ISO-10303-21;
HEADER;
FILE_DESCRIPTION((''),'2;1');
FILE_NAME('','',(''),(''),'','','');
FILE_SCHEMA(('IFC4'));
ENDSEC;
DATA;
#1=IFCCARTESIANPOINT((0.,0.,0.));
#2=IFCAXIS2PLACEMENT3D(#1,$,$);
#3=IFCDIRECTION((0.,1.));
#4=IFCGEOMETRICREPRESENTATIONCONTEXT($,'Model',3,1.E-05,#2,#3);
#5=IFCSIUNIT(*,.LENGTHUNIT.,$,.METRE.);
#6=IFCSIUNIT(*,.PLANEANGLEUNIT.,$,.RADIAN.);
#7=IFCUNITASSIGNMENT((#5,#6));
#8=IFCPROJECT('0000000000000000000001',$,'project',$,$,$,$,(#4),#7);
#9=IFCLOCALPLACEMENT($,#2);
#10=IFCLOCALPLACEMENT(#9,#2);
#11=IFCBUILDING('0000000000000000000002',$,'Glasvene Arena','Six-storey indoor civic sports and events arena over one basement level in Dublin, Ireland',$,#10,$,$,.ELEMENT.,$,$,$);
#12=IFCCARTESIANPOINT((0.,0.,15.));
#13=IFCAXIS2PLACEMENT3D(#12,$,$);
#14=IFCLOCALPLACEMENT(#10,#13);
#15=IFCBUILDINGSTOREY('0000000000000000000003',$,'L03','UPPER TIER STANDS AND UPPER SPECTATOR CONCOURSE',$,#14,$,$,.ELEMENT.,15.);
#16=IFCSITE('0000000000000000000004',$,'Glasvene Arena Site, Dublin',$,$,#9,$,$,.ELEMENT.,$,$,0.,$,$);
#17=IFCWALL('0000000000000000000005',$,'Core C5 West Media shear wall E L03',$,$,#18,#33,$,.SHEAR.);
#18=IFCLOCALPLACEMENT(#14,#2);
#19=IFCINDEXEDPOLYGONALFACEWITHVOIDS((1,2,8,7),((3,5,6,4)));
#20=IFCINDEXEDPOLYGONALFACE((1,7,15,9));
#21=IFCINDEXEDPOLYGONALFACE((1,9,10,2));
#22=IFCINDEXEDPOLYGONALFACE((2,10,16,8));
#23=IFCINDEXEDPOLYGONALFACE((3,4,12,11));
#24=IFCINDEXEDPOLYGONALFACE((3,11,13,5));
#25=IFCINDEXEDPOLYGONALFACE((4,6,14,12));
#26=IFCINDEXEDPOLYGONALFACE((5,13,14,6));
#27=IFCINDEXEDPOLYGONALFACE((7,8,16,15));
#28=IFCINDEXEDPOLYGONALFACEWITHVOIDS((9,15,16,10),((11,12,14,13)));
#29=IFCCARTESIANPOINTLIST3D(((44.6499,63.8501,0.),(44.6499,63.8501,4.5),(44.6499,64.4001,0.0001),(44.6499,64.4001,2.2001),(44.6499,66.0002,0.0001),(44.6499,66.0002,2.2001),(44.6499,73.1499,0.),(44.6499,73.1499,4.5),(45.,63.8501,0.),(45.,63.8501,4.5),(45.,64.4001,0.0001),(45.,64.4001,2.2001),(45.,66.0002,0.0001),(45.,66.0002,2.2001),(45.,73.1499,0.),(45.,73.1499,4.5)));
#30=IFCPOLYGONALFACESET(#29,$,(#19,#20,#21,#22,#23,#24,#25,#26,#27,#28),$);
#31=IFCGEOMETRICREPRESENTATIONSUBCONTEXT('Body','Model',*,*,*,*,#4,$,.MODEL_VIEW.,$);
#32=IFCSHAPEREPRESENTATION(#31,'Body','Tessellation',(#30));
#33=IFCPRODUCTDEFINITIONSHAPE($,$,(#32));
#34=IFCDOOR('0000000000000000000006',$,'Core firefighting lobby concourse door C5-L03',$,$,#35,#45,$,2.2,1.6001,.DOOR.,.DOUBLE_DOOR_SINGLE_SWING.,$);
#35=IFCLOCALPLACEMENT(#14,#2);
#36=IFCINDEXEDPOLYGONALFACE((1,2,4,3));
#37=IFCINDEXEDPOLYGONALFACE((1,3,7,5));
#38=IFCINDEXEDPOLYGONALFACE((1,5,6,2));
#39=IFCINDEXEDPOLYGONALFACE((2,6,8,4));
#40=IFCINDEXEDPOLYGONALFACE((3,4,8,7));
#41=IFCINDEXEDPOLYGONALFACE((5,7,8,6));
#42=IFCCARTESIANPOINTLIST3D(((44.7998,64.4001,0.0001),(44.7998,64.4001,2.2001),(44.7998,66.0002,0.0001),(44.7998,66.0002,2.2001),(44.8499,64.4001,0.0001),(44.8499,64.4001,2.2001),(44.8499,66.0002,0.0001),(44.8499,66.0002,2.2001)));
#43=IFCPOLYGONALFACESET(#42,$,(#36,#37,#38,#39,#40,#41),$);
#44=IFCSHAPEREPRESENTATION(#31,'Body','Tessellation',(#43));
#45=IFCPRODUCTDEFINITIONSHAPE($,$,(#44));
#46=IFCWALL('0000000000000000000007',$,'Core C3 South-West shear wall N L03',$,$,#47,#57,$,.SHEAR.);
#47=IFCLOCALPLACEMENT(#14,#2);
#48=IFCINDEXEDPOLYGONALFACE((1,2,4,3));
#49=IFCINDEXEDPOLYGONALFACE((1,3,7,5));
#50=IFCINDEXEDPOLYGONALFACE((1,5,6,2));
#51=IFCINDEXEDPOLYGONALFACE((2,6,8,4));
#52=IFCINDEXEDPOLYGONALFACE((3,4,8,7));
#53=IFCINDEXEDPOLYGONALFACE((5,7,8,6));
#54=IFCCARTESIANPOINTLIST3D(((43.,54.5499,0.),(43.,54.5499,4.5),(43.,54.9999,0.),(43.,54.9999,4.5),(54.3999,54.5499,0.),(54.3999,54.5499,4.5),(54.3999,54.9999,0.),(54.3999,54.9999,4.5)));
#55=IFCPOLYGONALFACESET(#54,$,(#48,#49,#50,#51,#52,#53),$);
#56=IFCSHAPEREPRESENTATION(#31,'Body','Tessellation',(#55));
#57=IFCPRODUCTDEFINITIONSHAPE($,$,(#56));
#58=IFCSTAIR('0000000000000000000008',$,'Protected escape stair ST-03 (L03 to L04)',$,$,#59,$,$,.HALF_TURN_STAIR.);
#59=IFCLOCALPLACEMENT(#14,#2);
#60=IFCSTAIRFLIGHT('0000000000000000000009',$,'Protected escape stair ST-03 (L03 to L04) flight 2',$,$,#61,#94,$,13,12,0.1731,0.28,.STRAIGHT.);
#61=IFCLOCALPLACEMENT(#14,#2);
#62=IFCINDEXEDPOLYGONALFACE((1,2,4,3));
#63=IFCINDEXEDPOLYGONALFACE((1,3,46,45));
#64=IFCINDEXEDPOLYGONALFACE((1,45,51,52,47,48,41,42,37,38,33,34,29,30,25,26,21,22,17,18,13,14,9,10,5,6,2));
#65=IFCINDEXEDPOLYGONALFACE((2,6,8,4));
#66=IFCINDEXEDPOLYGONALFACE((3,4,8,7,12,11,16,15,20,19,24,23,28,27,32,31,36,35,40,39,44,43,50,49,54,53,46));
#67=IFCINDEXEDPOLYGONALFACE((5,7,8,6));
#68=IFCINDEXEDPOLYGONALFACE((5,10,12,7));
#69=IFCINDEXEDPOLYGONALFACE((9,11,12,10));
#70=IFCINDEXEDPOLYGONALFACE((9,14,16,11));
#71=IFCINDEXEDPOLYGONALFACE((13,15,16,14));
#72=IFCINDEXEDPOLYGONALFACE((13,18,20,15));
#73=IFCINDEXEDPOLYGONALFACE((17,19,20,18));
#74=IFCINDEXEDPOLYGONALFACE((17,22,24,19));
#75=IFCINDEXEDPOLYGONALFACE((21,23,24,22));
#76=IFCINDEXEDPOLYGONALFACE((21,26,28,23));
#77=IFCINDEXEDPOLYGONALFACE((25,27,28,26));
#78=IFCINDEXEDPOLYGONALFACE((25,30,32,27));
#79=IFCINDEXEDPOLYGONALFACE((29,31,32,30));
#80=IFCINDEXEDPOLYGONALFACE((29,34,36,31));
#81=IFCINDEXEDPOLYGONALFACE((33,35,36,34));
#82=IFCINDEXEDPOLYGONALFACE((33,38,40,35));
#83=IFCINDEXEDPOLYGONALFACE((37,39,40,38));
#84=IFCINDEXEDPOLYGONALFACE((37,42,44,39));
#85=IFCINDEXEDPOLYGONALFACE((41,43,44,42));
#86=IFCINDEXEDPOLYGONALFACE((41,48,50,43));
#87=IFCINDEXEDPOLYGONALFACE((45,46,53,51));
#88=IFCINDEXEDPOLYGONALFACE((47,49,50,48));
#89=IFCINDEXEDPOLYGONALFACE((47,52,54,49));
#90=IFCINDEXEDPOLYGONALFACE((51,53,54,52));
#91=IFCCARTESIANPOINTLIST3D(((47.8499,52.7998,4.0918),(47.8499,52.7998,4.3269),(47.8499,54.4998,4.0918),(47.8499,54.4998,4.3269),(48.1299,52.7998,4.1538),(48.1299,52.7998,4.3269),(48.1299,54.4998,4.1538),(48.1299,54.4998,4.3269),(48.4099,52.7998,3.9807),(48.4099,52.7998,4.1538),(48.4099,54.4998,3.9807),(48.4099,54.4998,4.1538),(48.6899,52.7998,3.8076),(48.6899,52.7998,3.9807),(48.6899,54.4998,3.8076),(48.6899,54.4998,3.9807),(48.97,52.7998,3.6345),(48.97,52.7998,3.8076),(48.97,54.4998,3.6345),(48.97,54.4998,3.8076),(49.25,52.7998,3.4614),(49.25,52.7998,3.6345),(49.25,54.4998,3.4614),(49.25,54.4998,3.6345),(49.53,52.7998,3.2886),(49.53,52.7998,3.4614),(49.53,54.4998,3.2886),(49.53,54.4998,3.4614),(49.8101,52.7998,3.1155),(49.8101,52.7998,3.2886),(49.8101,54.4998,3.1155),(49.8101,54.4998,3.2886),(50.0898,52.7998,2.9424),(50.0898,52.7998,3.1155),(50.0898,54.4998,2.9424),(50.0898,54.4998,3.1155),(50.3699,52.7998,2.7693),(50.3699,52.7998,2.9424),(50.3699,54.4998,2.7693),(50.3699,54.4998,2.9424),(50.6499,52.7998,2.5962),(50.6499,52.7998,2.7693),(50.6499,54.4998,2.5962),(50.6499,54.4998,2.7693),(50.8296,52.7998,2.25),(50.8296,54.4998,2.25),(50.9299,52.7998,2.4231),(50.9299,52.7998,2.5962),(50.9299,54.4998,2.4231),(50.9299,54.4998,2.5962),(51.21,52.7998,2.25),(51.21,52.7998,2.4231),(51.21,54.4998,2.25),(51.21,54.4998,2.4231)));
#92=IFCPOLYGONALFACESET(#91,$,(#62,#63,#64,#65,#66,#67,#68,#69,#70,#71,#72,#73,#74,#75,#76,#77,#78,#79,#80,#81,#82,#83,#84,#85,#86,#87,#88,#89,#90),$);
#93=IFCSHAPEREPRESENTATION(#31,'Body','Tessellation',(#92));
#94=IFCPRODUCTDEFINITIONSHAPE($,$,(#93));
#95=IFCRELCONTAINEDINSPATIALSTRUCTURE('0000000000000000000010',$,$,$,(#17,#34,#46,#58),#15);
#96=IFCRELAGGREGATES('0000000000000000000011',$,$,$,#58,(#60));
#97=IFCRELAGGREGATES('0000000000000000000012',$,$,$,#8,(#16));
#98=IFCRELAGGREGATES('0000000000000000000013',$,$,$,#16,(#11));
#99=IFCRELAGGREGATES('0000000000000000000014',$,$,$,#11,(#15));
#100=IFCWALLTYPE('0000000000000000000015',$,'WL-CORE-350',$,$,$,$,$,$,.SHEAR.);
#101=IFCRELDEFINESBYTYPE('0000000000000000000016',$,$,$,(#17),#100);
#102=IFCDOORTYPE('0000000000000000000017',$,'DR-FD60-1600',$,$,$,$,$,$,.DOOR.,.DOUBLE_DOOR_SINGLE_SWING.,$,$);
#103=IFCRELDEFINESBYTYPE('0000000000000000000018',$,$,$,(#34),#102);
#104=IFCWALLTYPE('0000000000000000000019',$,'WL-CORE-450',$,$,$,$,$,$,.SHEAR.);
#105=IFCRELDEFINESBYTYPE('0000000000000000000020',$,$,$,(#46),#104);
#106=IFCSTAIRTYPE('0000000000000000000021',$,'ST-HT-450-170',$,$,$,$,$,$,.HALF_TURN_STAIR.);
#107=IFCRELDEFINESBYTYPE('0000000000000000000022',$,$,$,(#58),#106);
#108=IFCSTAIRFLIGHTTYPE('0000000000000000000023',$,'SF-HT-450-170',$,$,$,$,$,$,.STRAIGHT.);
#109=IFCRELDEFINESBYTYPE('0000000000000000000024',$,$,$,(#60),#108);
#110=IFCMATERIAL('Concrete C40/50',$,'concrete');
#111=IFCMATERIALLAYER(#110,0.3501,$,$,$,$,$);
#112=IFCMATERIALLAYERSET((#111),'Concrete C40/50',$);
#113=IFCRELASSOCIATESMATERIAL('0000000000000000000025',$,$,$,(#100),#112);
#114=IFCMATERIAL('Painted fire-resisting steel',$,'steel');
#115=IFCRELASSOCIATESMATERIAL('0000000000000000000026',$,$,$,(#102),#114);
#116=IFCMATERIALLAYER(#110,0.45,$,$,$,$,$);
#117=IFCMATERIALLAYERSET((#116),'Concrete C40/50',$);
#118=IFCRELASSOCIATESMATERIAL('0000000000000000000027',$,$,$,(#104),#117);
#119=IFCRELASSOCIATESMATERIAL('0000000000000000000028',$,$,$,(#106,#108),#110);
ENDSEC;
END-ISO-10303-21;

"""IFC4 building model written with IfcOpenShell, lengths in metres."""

from ifc_helpers import new_model, si_unit, direction, frame, frame_2d, origin, place, context, subcontext, project, spatial, polyline, rectangle, outline, extrude, material, layer, layer_set, type_object, element, fill, aggregate, save


model = new_model("IFC4")

# Units and contexts
model_context = context("Model", 3, precision=1e-05, world=origin(), true_north=direction((0.0, 1.0)))
body_context = subcontext(model_context, "Body", "Model", "MODEL_VIEW")
ifc_project = project(units=[si_unit("LENGTHUNIT", "METRE"), si_unit("PLANEANGLEUNIT", "RADIAN")], contexts=[model_context])

# Site, building, storey
site_placement = place(None, origin())
site = spatial("IfcSite", under=ifc_project, at=site_placement, Name="Glasvene Arena Site, Dublin", CompositionType="ELEMENT", RefElevation=0.0)
building_placement = place(site_placement, origin())
building = spatial("IfcBuilding", under=site, at=building_placement, Name="Glasvene Arena", Description="Six-storey indoor civic sports and events arena over one basement level in Dublin, Ireland", CompositionType="ELEMENT")
storey_placement = place(building_placement, frame((0.0, 0.0, 15.0)))
storey = spatial("IfcBuildingStorey", under=building, at=storey_placement, Name="L03", Description="UPPER TIER STANDS AND UPPER SPECTATOR CONCOURSE", CompositionType="ELEMENT", Elevation=15.0)

# Wall, opening, door
ifc_material_1 = material(Name="Concrete C40/50", Category="concrete")
ifc_layer_1 = layer(ifc_material_1, 0.3501)
ifc_layer_set_1 = layer_set([ifc_layer_1], Name="Concrete C40/50")
wall_type_1 = type_object("IfcWallType", Name="WL-CORE-350", PredefinedType="SHEAR", material=ifc_layer_set_1)
wall_1_placement = place(storey_placement, frame((44.825, 63.8501, 0.0), z_axis=(0.0, 0.0, 1.0), x_axis=(0.0, 1.0, 0.0)))
wall_1 = element("IfcWall", 1, at=wall_1_placement, inside=storey, type_object=wall_type_1, Name="Core C5 West Media shear wall E L03", PredefinedType="SHEAR", context=body_context, shape_type="SweptSolid", body=[
    extrude(rectangle(XDim=9.2998, YDim=0.3501, at=frame_2d((4.6499, 0.0))), origin(), (0.0, 0.0, 1.0), 4.5),
])
opening_placement = place(wall_1_placement, frame((0.55, 0.0, 0.0)))
opening = element("IfcOpeningElement", 2, at=opening_placement, cuts=wall_1, PredefinedType="OPENING", context=body_context, shape_type="SweptSolid", body=[
    extrude(rectangle(XDim=1.6001, YDim=2.2, at=frame_2d((0.8, 1.1001))), frame((0.0, 0.1851, 0.0), z_axis=(0.0, -1.0, 0.0), x_axis=(1.0, 0.0, 0.0)), (0.0, 0.0, 1.0), 0.3701),
])
ifc_material_2 = material(Name="Painted fire-resisting steel", Category="steel")
door_type = type_object("IfcDoorType", Name="DR-FD60-1600", OperationType="DOUBLE_DOOR_SINGLE_SWING", PredefinedType="DOOR", material=ifc_material_2)
door_placement = place(opening_placement, frame((1.6001, 0.0, 0.0), z_axis=(0.0, 0.0, 1.0), x_axis=(-1.0, 0.0, 0.0)))
door = element("IfcDoor", 3, at=door_placement, inside=storey, type_object=door_type, Name="Core firefighting lobby concourse door C5-L03", OperationType="DOUBLE_DOOR_SINGLE_SWING", OverallHeight=2.2, OverallWidth=1.6001, PredefinedType="DOOR", context=body_context, shape_type="SweptSolid", body=[
    extrude(rectangle(XDim=1.6001, YDim=2.2, at=frame_2d((0.8, 1.1001))), frame((0.0, 0.0249, 0.0), z_axis=(0.0, -1.0, 0.0), x_axis=(1.0, 0.0, 0.0)), (0.0, 0.0, 1.0), 0.05),
])
fill(opening, door)

# Wall
ifc_layer_2 = layer(ifc_material_1, 0.45)
ifc_layer_set_2 = layer_set([ifc_layer_2], Name="Concrete C40/50")
wall_type_2 = type_object("IfcWallType", Name="WL-CORE-450", PredefinedType="SHEAR", material=ifc_layer_set_2)
wall_2_placement = place(storey_placement, frame((43.0, 54.7749, 0.0), z_axis=(0.0, 0.0, 1.0), x_axis=(1.0, 0.0, 0.0)))
element("IfcWall", 4, at=wall_2_placement, inside=storey, type_object=wall_type_2, Name="Core C3 South-West shear wall N L03", PredefinedType="SHEAR", context=body_context, shape_type="SweptSolid", body=[
    extrude(rectangle(XDim=11.3999, YDim=0.45, at=frame_2d((5.7, 0.0))), origin(), (0.0, 0.0, 1.0), 4.5),
])

# Stair, stair flight
stair_type = type_object("IfcStairType", Name="ST-HT-450-170", PredefinedType="HALF_TURN_STAIR", material=ifc_material_1)
stair_placement = place(storey_placement, origin())
stair = element("IfcStair", 5, at=stair_placement, inside=storey, type_object=stair_type, Name="Protected escape stair ST-03 (L03 to L04)", PredefinedType="HALF_TURN_STAIR")
stair_flight_type = type_object("IfcStairFlightType", Name="SF-HT-450-170", PredefinedType="STRAIGHT", material=ifc_material_1)
stair_flight_placement = place(storey_placement, frame((51.21, 53.6499, 2.25), z_axis=(0.0, 0.0, 1.0), x_axis=(-1.0, 0.0, 0.0)))
stair_flight = element("IfcStairFlight", 6, at=stair_flight_placement, type_object=stair_flight_type, Name="Protected escape stair ST-03 (L03 to L04) flight 2", NumberOfRisers=13, NumberOfTreads=12, PredefinedType="STRAIGHT", RiserHeight=0.1731, TreadLength=0.28, context=body_context, shape_type="SweptSolid", body=[
    extrude(outline(polyline([(0.0, 0.0), (0.0, 0.1731), (0.28, 0.1731), (0.28, 0.3462), (0.5601, 0.3462), (0.5601, 0.5193), (0.8401, 0.5193), (0.8401, 0.6924), (1.1201, 0.6924), (1.1201, 0.8655), (1.3999, 0.8655), (1.3999, 1.0386), (1.6799, 1.0386), (1.6799, 1.2114), (1.96, 1.2114), (1.96, 1.3845), (2.24, 1.3845), (2.24, 1.5576), (2.52, 1.5576), (2.52, 1.7307), (2.8, 1.7307), (2.8, 1.9038), (3.0801, 1.9038), (3.0801, 2.0769), (3.3601, 2.0769), (3.3601, 2.25), (3.3601, 1.8418), (0.3804, 0.0), (0.0, 0.0)])), frame((0.0, 0.8501, 0.0), z_axis=(0.0, -1.0, 0.0), x_axis=(1.0, 0.0, 0.0)), (0.0, 0.0, 1.0), 1.7),
])
aggregate(stair, [stair_flight])

save(model, "model.ifc")
